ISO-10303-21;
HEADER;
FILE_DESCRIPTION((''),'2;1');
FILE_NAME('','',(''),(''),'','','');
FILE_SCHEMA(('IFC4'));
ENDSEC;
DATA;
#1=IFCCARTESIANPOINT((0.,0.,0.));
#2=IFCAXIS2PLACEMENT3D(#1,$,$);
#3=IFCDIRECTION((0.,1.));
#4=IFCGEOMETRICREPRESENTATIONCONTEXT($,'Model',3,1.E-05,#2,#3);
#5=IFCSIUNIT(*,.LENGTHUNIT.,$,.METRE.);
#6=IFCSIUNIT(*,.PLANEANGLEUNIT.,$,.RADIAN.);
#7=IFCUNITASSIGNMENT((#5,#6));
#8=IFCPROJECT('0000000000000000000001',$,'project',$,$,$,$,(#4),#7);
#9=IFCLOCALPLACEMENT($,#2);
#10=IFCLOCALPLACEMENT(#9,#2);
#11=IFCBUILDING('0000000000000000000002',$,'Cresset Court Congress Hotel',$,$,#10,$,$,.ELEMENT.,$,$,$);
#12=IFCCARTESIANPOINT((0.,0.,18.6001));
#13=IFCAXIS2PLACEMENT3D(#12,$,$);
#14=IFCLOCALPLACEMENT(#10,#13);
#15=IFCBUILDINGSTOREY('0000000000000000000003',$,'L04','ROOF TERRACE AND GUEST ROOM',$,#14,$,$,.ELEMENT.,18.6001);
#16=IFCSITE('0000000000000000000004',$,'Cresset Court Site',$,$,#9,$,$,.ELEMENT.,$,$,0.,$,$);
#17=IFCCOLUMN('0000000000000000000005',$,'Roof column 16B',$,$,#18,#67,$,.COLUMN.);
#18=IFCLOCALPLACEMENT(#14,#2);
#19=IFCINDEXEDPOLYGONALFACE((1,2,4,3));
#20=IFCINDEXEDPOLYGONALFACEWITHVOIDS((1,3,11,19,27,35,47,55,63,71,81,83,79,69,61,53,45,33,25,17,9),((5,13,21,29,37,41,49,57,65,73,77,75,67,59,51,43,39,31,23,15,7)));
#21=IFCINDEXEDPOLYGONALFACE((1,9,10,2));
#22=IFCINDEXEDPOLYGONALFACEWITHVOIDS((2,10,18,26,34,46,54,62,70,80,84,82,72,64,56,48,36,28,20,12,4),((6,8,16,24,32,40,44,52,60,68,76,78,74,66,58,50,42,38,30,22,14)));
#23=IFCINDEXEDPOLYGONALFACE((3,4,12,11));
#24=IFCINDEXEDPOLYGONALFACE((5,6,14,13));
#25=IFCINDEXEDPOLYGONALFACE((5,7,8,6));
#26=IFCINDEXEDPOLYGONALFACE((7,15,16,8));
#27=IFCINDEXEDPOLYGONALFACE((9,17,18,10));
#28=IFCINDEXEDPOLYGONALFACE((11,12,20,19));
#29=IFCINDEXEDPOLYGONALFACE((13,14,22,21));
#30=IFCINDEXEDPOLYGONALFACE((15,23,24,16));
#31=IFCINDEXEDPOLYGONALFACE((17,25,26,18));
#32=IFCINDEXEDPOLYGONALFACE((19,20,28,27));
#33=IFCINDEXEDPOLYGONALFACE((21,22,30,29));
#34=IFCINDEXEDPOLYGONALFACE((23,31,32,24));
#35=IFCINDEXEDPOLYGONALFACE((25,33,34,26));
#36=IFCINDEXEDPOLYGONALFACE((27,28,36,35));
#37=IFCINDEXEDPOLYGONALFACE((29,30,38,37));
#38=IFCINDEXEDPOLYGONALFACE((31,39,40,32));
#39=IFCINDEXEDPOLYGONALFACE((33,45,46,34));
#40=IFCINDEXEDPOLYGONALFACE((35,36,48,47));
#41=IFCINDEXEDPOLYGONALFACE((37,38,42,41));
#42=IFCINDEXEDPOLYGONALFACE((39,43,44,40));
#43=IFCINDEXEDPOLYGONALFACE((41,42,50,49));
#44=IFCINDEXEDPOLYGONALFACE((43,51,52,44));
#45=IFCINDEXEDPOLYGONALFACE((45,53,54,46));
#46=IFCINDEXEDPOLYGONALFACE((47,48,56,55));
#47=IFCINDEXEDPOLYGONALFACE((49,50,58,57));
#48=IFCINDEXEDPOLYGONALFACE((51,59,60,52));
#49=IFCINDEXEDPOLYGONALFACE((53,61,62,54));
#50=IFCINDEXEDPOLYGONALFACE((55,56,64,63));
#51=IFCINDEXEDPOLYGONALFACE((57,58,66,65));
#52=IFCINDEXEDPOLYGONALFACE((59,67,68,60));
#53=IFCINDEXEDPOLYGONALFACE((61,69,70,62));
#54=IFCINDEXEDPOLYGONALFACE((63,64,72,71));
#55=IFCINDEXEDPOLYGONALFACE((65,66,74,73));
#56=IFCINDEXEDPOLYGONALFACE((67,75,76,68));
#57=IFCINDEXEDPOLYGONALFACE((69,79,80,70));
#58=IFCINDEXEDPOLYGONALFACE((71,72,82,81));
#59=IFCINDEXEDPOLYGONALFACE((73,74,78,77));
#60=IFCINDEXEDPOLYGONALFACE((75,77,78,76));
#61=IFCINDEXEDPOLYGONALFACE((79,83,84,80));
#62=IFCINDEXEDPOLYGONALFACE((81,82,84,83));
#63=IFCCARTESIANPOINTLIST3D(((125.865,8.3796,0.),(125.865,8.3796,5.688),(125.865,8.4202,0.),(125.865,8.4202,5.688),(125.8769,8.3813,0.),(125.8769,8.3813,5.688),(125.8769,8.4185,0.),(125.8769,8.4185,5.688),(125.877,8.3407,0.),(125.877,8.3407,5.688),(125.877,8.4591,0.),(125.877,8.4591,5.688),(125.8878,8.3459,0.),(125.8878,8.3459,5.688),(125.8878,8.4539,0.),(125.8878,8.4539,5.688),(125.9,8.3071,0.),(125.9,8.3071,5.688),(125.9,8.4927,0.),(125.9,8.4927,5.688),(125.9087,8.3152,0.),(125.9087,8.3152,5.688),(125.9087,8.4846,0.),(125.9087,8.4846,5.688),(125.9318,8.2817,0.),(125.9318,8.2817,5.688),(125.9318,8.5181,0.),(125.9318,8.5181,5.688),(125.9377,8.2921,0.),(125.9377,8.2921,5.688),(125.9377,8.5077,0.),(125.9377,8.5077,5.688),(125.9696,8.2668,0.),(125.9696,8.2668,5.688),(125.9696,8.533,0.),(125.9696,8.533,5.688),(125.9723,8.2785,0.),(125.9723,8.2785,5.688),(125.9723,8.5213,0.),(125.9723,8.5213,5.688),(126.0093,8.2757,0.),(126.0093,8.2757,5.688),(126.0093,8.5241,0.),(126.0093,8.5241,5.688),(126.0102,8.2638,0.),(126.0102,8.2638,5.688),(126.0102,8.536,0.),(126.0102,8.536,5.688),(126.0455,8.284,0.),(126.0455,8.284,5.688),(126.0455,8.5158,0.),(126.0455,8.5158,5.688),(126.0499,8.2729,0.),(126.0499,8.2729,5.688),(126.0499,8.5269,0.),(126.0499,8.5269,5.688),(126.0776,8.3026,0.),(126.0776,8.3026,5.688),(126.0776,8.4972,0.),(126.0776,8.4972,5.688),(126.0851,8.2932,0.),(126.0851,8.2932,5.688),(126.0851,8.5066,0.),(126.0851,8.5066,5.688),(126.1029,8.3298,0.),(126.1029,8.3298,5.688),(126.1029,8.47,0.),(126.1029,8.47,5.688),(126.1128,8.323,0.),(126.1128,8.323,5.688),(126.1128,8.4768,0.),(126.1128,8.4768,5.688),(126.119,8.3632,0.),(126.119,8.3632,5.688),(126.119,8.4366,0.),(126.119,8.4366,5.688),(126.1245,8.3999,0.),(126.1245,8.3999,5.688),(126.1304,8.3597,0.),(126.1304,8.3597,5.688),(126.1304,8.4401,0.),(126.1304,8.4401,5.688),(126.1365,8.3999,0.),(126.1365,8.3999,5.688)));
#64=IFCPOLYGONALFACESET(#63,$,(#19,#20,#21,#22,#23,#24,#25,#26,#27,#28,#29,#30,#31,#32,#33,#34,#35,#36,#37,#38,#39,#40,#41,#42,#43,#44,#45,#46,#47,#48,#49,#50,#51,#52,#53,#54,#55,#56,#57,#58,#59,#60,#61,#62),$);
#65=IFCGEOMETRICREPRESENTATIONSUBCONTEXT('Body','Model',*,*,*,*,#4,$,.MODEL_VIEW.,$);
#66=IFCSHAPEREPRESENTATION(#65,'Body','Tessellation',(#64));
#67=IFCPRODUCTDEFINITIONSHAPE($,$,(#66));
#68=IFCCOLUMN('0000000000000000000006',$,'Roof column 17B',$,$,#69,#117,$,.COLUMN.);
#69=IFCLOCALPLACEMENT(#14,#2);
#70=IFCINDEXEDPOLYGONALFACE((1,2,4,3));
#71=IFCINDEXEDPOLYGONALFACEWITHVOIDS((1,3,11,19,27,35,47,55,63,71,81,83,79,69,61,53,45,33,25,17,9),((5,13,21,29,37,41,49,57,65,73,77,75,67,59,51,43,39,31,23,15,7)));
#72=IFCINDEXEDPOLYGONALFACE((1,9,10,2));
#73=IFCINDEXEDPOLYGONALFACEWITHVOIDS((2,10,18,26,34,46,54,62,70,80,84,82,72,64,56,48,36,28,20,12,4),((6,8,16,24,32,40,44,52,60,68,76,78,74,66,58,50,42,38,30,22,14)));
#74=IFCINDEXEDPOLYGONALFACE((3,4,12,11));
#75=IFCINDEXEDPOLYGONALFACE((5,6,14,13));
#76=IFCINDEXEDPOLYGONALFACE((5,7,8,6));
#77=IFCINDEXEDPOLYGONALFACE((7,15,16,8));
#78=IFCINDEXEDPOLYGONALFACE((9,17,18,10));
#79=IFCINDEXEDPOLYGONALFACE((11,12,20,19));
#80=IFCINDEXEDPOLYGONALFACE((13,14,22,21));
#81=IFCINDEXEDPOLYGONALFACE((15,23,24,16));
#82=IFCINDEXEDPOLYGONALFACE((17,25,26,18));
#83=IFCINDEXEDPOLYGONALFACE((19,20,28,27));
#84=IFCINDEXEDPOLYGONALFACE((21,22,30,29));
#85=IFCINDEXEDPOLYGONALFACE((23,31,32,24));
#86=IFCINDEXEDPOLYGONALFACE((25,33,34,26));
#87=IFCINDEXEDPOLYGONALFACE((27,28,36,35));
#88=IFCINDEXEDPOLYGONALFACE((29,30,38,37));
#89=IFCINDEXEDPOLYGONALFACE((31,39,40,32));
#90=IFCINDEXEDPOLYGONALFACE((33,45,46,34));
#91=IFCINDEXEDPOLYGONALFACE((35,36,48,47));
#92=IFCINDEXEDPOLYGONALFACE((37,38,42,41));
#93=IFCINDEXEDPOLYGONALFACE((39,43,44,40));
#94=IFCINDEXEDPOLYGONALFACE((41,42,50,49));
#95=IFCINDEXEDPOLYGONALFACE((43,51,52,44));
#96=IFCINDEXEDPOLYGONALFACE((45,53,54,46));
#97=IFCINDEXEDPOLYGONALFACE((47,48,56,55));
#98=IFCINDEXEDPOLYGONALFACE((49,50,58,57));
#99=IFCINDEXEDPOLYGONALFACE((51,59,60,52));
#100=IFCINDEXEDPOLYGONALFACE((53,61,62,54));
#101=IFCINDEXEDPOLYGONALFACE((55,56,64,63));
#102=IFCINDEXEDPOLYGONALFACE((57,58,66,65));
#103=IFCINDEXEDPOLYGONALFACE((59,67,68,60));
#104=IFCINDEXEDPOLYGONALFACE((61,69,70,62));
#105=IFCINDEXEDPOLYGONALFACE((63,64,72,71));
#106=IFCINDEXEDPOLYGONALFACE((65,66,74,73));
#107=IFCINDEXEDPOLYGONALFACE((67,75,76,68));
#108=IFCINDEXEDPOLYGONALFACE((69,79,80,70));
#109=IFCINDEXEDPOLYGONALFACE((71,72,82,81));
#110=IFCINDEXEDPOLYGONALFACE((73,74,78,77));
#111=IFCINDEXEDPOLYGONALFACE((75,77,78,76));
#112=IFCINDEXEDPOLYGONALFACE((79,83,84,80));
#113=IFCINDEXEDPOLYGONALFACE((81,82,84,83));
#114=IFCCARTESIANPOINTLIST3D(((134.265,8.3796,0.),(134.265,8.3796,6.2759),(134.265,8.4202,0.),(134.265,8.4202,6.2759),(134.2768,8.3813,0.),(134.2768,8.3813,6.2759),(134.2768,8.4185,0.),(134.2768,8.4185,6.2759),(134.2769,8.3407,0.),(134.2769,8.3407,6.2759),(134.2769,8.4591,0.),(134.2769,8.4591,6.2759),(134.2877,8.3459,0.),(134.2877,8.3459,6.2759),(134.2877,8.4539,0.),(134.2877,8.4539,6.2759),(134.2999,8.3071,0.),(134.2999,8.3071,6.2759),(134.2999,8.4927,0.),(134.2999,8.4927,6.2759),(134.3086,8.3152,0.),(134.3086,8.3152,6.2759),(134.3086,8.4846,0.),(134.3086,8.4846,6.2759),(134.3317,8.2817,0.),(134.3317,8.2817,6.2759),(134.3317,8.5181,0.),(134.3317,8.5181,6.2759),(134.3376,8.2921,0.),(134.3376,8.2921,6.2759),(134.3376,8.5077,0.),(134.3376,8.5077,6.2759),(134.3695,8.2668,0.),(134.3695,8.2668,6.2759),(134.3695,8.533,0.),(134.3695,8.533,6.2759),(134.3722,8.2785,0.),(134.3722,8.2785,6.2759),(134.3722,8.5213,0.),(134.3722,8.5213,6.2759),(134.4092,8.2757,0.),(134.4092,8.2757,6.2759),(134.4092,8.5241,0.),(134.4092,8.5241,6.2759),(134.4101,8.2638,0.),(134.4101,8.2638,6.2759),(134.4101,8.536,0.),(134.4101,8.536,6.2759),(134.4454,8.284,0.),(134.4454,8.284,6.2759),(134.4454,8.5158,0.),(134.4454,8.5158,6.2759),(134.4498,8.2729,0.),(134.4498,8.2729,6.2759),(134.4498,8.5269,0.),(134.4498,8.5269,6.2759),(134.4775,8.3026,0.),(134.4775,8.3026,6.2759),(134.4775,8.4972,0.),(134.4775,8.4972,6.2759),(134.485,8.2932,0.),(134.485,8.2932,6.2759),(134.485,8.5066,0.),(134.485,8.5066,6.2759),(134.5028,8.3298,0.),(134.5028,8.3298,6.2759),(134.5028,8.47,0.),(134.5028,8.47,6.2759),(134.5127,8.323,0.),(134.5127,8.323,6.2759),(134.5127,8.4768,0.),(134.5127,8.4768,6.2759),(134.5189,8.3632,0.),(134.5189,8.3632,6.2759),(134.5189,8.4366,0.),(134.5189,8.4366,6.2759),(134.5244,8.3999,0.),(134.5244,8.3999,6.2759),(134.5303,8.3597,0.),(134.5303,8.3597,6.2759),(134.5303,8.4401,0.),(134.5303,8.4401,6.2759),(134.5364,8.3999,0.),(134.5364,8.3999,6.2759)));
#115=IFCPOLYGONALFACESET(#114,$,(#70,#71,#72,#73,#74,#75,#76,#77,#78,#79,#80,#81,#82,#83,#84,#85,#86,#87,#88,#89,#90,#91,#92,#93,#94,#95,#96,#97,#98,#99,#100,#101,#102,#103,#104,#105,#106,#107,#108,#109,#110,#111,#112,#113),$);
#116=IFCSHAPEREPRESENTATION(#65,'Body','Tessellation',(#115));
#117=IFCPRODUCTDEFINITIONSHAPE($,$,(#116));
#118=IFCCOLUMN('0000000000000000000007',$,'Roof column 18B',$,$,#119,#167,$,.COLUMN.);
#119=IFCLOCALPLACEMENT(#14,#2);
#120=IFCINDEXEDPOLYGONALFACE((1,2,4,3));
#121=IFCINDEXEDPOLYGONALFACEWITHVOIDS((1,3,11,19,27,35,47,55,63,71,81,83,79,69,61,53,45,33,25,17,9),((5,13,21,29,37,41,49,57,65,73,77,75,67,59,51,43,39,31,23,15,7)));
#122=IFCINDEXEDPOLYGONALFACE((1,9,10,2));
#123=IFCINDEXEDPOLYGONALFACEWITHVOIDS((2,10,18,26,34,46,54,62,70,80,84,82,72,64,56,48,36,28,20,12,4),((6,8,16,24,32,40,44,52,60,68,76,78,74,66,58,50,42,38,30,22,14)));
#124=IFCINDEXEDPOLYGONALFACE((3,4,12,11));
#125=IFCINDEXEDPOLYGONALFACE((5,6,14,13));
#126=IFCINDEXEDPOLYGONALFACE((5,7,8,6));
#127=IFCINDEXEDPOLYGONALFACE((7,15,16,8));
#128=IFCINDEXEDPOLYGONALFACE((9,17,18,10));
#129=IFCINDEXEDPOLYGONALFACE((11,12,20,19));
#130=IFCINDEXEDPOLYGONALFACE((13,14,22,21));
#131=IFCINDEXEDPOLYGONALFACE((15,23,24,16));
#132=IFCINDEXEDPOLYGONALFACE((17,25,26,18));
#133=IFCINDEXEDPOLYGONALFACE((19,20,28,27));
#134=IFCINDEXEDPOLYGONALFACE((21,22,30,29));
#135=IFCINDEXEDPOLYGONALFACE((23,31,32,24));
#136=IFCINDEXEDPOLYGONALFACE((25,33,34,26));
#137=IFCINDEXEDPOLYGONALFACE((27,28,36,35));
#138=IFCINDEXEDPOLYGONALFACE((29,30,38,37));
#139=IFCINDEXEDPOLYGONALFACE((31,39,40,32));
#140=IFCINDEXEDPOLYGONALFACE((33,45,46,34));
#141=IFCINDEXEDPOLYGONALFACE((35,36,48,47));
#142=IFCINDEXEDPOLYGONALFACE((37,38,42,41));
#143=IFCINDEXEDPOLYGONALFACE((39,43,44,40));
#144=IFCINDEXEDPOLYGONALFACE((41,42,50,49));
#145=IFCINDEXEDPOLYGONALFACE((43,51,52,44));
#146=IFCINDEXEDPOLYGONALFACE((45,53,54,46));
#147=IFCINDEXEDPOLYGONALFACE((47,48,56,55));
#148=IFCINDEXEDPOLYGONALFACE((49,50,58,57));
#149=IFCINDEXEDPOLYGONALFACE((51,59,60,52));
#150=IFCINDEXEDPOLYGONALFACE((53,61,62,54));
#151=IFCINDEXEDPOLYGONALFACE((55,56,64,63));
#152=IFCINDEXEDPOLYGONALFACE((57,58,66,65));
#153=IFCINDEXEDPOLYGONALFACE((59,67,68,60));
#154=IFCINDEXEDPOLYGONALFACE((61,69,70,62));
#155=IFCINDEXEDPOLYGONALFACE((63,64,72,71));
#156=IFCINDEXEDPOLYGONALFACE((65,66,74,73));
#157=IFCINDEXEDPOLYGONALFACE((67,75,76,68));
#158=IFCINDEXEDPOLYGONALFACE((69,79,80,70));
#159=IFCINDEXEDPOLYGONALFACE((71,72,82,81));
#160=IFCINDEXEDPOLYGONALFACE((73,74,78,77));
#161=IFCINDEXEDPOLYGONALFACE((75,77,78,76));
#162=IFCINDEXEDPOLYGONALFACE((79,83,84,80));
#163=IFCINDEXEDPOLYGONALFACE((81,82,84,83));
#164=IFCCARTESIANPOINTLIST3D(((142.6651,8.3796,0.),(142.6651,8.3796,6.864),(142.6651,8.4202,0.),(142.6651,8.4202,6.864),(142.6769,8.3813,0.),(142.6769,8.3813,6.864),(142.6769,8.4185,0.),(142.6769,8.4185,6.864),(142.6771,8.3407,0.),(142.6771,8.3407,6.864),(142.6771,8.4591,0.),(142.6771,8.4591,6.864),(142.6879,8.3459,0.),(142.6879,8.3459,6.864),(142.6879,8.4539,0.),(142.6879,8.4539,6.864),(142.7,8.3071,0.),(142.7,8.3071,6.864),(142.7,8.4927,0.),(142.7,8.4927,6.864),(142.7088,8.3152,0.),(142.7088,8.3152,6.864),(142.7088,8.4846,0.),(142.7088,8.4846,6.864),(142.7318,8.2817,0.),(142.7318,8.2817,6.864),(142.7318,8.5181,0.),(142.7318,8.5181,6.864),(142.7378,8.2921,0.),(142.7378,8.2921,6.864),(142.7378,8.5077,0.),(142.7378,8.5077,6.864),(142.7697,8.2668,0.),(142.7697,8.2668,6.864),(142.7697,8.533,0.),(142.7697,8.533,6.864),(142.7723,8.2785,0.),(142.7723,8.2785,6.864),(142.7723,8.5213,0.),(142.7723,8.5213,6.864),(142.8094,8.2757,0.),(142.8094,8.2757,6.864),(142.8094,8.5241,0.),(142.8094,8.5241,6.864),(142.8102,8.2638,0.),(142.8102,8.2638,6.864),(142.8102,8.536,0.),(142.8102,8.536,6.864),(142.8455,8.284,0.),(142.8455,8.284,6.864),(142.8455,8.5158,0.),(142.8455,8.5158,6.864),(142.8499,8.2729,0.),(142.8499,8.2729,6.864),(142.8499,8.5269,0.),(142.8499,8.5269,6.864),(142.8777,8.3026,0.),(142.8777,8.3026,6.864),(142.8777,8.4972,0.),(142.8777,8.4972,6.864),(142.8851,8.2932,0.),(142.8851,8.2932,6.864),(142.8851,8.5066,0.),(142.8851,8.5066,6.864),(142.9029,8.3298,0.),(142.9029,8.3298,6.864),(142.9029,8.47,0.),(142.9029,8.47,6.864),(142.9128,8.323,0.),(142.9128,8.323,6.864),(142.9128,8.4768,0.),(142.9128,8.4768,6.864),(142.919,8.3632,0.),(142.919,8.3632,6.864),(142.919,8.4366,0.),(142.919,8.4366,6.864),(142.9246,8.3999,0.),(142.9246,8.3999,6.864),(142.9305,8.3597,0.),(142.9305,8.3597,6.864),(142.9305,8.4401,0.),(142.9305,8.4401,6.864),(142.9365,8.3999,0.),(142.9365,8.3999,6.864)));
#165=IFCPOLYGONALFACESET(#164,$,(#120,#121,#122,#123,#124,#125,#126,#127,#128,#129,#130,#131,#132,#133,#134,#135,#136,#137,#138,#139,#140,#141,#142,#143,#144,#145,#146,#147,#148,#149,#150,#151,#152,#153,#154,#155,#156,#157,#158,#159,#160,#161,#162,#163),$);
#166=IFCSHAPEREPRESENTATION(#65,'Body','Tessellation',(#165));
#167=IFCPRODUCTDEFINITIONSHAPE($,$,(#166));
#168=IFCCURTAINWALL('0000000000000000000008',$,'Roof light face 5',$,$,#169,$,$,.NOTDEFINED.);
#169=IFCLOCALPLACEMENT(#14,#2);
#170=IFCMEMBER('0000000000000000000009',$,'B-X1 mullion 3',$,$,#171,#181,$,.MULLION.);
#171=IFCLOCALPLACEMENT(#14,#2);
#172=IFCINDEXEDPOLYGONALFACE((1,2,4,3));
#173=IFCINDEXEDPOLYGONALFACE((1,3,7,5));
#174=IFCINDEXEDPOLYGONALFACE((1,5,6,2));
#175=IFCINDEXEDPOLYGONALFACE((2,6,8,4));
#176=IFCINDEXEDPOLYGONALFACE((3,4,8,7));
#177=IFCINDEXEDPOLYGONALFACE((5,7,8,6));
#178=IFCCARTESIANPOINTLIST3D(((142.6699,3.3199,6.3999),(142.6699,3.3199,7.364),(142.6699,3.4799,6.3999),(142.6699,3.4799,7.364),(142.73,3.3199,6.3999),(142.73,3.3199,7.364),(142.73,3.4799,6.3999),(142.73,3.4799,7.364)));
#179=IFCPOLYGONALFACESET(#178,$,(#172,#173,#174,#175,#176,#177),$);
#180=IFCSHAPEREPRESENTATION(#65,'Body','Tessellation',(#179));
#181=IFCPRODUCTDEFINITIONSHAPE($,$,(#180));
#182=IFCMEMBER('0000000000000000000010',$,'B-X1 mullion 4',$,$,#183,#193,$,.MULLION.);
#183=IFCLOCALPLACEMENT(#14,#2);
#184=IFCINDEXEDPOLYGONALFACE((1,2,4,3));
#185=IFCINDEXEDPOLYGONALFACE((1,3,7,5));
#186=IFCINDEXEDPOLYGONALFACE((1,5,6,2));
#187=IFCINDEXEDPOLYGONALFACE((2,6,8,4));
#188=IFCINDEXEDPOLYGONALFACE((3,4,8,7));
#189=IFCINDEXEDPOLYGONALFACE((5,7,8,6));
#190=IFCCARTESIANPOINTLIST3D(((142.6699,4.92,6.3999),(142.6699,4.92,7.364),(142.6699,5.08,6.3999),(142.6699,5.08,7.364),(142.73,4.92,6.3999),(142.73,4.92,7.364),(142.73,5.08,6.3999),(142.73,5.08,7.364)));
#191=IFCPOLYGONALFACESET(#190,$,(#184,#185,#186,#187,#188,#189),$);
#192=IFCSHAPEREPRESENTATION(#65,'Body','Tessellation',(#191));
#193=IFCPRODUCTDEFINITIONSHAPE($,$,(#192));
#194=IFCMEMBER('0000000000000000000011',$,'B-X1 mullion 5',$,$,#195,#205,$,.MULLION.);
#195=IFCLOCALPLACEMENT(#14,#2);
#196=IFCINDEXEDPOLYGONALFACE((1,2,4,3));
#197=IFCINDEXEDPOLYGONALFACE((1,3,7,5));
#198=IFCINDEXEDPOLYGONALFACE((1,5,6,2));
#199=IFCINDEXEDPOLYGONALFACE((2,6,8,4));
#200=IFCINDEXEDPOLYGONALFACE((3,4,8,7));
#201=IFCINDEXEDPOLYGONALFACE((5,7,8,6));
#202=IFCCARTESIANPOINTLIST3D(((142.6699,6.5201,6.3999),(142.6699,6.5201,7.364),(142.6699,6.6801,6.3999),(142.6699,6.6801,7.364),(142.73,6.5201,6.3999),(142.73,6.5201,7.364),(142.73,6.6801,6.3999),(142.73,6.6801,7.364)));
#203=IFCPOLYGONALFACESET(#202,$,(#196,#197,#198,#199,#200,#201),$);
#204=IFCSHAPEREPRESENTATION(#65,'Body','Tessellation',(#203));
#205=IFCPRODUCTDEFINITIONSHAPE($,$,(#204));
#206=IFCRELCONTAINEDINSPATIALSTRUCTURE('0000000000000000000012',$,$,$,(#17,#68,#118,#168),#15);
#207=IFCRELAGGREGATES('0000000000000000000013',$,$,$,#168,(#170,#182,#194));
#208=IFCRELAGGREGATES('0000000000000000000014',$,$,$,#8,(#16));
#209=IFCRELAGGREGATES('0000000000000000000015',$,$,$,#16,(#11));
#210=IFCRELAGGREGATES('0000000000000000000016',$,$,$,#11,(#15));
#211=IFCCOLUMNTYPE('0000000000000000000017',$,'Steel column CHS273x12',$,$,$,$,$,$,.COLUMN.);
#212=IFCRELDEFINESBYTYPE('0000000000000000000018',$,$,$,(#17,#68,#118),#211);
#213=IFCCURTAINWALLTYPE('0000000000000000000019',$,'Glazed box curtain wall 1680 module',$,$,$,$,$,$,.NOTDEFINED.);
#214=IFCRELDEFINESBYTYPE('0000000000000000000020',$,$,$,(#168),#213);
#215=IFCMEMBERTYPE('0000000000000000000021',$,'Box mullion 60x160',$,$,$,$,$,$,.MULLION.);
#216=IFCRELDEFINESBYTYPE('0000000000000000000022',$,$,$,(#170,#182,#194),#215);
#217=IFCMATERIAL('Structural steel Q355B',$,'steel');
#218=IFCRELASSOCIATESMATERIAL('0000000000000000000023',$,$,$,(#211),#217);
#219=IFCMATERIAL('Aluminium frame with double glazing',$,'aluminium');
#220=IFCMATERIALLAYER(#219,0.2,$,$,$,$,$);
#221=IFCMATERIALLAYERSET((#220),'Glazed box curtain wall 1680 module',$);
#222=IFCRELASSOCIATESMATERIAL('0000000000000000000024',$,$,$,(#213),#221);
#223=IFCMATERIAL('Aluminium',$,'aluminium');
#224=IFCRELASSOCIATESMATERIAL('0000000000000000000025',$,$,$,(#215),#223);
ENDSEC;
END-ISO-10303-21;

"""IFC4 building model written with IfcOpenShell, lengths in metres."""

from ifc_helpers import new_model, si_unit, direction, frame, origin, origin_2d, place, context, subcontext, project, spatial, rectangle, hollow_circle, extrude, material, layer, layer_set, material_profile, profile_set, type_object, element, aggregate, save


model = new_model("IFC4")

# Units and contexts
model_context = context("Model", 3, precision=1e-05, world=origin(), true_north=direction((0.0, 1.0)))
body_context = subcontext(model_context, "Body", "Model", "MODEL_VIEW")
ifc_project = project(units=[si_unit("LENGTHUNIT", "METRE"), si_unit("PLANEANGLEUNIT", "RADIAN")], contexts=[model_context])

# Site, building, storey
site_placement = place(None, origin())
site = spatial("IfcSite", under=ifc_project, at=site_placement, Name="Cresset Court Site", CompositionType="ELEMENT", RefElevation=0.0)
building_placement = place(site_placement, origin())
building = spatial("IfcBuilding", under=site, at=building_placement, Name="Cresset Court Congress Hotel", CompositionType="ELEMENT")
storey_placement = place(building_placement, frame((0.0, 0.0, 18.6001)))
storey = spatial("IfcBuildingStorey", under=building, at=storey_placement, Name="L04", Description="ROOF TERRACE AND GUEST ROOM", CompositionType="ELEMENT", Elevation=18.6001)

# Columns
ifc_material_1 = material(Name="Structural steel Q355B", Category="steel")
ifc_material_profile_1 = material_profile(ifc_material_1, hollow_circle(Radius=0.1365, WallThickness=0.012, at=origin_2d()), Name="CHS273x12")
ifc_profile_set_1 = profile_set([ifc_material_profile_1], Name="Structural steel Q355B")
column_type = type_object("IfcColumnType", Name="Steel column CHS273x12", PredefinedType="COLUMN", material=ifc_profile_set_1)
column_1_placement = place(storey_placement, frame((126.0, 8.3999, 0.0), z_axis=(0.0, 0.0, 1.0), x_axis=(1.0, 0.0, 0.0)))
element("IfcColumn", 1, at=column_1_placement, inside=storey, type_object=column_type, Name="Roof column 16B", PredefinedType="COLUMN", context=body_context, shape_type="SweptSolid", body=[
    extrude(hollow_circle(Radius=0.1365, WallThickness=0.012, at=origin_2d()), origin(), (0.0, 0.0, 1.0), 5.688),
])
column_2_placement = place(storey_placement, frame((134.3999, 8.3999, 0.0), z_axis=(0.0, 0.0, 1.0), x_axis=(1.0, 0.0, 0.0)))
element("IfcColumn", 2, at=column_2_placement, inside=storey, type_object=column_type, Name="Roof column 17B", PredefinedType="COLUMN", context=body_context, shape_type="SweptSolid", body=[
    extrude(hollow_circle(Radius=0.1365, WallThickness=0.012, at=origin_2d()), origin(), (0.0, 0.0, 1.0), 6.2759),
])
column_3_placement = place(storey_placement, frame((142.8, 8.3999, 0.0), z_axis=(0.0, 0.0, 1.0), x_axis=(1.0, 0.0, 0.0)))
element("IfcColumn", 3, at=column_3_placement, inside=storey, type_object=column_type, Name="Roof column 18B", PredefinedType="COLUMN", context=body_context, shape_type="SweptSolid", body=[
    extrude(hollow_circle(Radius=0.1365, WallThickness=0.012, at=origin_2d()), origin(), (0.0, 0.0, 1.0), 6.864),
])

# Curtain wall, members
ifc_material_2 = material(Name="Aluminium frame with double glazing", Category="aluminium")
ifc_layer_1 = layer(ifc_material_2, 0.2)
ifc_layer_set_1 = layer_set([ifc_layer_1], Name="Glazed box curtain wall 1680 module")
curtain_wall_type = type_object("IfcCurtainWallType", Name="Glazed box curtain wall 1680 module", PredefinedType="NOTDEFINED", material=ifc_layer_set_1)
curtain_wall_placement = place(storey_placement, origin())
curtain_wall = element("IfcCurtainWall", 4, at=curtain_wall_placement, inside=storey, type_object=curtain_wall_type, Name="Roof light face 5", PredefinedType="NOTDEFINED")
ifc_material_3 = material(Name="Aluminium", Category="aluminium")
ifc_material_profile_2 = material_profile(ifc_material_3, rectangle(XDim=0.0601, YDim=0.1599, at=origin_2d()), Name="Box mullion 60x160")
ifc_profile_set_2 = profile_set([ifc_material_profile_2], Name="Aluminium")
member_type_1 = type_object("IfcMemberType", Name="Box mullion 60x160", PredefinedType="MULLION", material=ifc_profile_set_2)
member_1_placement = place(storey_placement, frame((142.7, 3.3999, 6.3999), z_axis=(0.0, 0.0, 1.0), x_axis=(-1.0, 0.0, 0.0)))
member_1 = element("IfcMember", 5, at=member_1_placement, type_object=member_type_1, Name="B-X1 mullion 3", PredefinedType="MULLION", context=body_context, shape_type="SweptSolid", body=[
    extrude(rectangle(XDim=0.0601, YDim=0.1599, at=origin_2d()), origin(), (0.0, 0.0, 1.0), 0.9641),
])
member_2_placement = place(storey_placement, frame((142.7, 5.0, 6.3999), z_axis=(0.0, 0.0, 1.0), x_axis=(-1.0, 0.0, 0.0)))
member_2 = element("IfcMember", 6, at=member_2_placement, type_object=member_type_1, Name="B-X1 mullion 4", PredefinedType="MULLION", context=body_context, shape_type="SweptSolid", body=[
    extrude(rectangle(XDim=0.0601, YDim=0.1599, at=origin_2d()), origin(), (0.0, 0.0, 1.0), 0.9641),
])
member_3_placement = place(storey_placement, frame((142.7, 6.6001, 6.3999), z_axis=(0.0, 0.0, 1.0), x_axis=(-1.0, 0.0, 0.0)))
member_3 = element("IfcMember", 7, at=member_3_placement, type_object=member_type_1, Name="B-X1 mullion 5", PredefinedType="MULLION", context=body_context, shape_type="SweptSolid", body=[
    extrude(rectangle(XDim=0.0601, YDim=0.1599, at=origin_2d()), origin(), (0.0, 0.0, 1.0), 0.9641),
])

aggregate(curtain_wall, [member_1, member_2, member_3])

save(model, "model.ifc")
